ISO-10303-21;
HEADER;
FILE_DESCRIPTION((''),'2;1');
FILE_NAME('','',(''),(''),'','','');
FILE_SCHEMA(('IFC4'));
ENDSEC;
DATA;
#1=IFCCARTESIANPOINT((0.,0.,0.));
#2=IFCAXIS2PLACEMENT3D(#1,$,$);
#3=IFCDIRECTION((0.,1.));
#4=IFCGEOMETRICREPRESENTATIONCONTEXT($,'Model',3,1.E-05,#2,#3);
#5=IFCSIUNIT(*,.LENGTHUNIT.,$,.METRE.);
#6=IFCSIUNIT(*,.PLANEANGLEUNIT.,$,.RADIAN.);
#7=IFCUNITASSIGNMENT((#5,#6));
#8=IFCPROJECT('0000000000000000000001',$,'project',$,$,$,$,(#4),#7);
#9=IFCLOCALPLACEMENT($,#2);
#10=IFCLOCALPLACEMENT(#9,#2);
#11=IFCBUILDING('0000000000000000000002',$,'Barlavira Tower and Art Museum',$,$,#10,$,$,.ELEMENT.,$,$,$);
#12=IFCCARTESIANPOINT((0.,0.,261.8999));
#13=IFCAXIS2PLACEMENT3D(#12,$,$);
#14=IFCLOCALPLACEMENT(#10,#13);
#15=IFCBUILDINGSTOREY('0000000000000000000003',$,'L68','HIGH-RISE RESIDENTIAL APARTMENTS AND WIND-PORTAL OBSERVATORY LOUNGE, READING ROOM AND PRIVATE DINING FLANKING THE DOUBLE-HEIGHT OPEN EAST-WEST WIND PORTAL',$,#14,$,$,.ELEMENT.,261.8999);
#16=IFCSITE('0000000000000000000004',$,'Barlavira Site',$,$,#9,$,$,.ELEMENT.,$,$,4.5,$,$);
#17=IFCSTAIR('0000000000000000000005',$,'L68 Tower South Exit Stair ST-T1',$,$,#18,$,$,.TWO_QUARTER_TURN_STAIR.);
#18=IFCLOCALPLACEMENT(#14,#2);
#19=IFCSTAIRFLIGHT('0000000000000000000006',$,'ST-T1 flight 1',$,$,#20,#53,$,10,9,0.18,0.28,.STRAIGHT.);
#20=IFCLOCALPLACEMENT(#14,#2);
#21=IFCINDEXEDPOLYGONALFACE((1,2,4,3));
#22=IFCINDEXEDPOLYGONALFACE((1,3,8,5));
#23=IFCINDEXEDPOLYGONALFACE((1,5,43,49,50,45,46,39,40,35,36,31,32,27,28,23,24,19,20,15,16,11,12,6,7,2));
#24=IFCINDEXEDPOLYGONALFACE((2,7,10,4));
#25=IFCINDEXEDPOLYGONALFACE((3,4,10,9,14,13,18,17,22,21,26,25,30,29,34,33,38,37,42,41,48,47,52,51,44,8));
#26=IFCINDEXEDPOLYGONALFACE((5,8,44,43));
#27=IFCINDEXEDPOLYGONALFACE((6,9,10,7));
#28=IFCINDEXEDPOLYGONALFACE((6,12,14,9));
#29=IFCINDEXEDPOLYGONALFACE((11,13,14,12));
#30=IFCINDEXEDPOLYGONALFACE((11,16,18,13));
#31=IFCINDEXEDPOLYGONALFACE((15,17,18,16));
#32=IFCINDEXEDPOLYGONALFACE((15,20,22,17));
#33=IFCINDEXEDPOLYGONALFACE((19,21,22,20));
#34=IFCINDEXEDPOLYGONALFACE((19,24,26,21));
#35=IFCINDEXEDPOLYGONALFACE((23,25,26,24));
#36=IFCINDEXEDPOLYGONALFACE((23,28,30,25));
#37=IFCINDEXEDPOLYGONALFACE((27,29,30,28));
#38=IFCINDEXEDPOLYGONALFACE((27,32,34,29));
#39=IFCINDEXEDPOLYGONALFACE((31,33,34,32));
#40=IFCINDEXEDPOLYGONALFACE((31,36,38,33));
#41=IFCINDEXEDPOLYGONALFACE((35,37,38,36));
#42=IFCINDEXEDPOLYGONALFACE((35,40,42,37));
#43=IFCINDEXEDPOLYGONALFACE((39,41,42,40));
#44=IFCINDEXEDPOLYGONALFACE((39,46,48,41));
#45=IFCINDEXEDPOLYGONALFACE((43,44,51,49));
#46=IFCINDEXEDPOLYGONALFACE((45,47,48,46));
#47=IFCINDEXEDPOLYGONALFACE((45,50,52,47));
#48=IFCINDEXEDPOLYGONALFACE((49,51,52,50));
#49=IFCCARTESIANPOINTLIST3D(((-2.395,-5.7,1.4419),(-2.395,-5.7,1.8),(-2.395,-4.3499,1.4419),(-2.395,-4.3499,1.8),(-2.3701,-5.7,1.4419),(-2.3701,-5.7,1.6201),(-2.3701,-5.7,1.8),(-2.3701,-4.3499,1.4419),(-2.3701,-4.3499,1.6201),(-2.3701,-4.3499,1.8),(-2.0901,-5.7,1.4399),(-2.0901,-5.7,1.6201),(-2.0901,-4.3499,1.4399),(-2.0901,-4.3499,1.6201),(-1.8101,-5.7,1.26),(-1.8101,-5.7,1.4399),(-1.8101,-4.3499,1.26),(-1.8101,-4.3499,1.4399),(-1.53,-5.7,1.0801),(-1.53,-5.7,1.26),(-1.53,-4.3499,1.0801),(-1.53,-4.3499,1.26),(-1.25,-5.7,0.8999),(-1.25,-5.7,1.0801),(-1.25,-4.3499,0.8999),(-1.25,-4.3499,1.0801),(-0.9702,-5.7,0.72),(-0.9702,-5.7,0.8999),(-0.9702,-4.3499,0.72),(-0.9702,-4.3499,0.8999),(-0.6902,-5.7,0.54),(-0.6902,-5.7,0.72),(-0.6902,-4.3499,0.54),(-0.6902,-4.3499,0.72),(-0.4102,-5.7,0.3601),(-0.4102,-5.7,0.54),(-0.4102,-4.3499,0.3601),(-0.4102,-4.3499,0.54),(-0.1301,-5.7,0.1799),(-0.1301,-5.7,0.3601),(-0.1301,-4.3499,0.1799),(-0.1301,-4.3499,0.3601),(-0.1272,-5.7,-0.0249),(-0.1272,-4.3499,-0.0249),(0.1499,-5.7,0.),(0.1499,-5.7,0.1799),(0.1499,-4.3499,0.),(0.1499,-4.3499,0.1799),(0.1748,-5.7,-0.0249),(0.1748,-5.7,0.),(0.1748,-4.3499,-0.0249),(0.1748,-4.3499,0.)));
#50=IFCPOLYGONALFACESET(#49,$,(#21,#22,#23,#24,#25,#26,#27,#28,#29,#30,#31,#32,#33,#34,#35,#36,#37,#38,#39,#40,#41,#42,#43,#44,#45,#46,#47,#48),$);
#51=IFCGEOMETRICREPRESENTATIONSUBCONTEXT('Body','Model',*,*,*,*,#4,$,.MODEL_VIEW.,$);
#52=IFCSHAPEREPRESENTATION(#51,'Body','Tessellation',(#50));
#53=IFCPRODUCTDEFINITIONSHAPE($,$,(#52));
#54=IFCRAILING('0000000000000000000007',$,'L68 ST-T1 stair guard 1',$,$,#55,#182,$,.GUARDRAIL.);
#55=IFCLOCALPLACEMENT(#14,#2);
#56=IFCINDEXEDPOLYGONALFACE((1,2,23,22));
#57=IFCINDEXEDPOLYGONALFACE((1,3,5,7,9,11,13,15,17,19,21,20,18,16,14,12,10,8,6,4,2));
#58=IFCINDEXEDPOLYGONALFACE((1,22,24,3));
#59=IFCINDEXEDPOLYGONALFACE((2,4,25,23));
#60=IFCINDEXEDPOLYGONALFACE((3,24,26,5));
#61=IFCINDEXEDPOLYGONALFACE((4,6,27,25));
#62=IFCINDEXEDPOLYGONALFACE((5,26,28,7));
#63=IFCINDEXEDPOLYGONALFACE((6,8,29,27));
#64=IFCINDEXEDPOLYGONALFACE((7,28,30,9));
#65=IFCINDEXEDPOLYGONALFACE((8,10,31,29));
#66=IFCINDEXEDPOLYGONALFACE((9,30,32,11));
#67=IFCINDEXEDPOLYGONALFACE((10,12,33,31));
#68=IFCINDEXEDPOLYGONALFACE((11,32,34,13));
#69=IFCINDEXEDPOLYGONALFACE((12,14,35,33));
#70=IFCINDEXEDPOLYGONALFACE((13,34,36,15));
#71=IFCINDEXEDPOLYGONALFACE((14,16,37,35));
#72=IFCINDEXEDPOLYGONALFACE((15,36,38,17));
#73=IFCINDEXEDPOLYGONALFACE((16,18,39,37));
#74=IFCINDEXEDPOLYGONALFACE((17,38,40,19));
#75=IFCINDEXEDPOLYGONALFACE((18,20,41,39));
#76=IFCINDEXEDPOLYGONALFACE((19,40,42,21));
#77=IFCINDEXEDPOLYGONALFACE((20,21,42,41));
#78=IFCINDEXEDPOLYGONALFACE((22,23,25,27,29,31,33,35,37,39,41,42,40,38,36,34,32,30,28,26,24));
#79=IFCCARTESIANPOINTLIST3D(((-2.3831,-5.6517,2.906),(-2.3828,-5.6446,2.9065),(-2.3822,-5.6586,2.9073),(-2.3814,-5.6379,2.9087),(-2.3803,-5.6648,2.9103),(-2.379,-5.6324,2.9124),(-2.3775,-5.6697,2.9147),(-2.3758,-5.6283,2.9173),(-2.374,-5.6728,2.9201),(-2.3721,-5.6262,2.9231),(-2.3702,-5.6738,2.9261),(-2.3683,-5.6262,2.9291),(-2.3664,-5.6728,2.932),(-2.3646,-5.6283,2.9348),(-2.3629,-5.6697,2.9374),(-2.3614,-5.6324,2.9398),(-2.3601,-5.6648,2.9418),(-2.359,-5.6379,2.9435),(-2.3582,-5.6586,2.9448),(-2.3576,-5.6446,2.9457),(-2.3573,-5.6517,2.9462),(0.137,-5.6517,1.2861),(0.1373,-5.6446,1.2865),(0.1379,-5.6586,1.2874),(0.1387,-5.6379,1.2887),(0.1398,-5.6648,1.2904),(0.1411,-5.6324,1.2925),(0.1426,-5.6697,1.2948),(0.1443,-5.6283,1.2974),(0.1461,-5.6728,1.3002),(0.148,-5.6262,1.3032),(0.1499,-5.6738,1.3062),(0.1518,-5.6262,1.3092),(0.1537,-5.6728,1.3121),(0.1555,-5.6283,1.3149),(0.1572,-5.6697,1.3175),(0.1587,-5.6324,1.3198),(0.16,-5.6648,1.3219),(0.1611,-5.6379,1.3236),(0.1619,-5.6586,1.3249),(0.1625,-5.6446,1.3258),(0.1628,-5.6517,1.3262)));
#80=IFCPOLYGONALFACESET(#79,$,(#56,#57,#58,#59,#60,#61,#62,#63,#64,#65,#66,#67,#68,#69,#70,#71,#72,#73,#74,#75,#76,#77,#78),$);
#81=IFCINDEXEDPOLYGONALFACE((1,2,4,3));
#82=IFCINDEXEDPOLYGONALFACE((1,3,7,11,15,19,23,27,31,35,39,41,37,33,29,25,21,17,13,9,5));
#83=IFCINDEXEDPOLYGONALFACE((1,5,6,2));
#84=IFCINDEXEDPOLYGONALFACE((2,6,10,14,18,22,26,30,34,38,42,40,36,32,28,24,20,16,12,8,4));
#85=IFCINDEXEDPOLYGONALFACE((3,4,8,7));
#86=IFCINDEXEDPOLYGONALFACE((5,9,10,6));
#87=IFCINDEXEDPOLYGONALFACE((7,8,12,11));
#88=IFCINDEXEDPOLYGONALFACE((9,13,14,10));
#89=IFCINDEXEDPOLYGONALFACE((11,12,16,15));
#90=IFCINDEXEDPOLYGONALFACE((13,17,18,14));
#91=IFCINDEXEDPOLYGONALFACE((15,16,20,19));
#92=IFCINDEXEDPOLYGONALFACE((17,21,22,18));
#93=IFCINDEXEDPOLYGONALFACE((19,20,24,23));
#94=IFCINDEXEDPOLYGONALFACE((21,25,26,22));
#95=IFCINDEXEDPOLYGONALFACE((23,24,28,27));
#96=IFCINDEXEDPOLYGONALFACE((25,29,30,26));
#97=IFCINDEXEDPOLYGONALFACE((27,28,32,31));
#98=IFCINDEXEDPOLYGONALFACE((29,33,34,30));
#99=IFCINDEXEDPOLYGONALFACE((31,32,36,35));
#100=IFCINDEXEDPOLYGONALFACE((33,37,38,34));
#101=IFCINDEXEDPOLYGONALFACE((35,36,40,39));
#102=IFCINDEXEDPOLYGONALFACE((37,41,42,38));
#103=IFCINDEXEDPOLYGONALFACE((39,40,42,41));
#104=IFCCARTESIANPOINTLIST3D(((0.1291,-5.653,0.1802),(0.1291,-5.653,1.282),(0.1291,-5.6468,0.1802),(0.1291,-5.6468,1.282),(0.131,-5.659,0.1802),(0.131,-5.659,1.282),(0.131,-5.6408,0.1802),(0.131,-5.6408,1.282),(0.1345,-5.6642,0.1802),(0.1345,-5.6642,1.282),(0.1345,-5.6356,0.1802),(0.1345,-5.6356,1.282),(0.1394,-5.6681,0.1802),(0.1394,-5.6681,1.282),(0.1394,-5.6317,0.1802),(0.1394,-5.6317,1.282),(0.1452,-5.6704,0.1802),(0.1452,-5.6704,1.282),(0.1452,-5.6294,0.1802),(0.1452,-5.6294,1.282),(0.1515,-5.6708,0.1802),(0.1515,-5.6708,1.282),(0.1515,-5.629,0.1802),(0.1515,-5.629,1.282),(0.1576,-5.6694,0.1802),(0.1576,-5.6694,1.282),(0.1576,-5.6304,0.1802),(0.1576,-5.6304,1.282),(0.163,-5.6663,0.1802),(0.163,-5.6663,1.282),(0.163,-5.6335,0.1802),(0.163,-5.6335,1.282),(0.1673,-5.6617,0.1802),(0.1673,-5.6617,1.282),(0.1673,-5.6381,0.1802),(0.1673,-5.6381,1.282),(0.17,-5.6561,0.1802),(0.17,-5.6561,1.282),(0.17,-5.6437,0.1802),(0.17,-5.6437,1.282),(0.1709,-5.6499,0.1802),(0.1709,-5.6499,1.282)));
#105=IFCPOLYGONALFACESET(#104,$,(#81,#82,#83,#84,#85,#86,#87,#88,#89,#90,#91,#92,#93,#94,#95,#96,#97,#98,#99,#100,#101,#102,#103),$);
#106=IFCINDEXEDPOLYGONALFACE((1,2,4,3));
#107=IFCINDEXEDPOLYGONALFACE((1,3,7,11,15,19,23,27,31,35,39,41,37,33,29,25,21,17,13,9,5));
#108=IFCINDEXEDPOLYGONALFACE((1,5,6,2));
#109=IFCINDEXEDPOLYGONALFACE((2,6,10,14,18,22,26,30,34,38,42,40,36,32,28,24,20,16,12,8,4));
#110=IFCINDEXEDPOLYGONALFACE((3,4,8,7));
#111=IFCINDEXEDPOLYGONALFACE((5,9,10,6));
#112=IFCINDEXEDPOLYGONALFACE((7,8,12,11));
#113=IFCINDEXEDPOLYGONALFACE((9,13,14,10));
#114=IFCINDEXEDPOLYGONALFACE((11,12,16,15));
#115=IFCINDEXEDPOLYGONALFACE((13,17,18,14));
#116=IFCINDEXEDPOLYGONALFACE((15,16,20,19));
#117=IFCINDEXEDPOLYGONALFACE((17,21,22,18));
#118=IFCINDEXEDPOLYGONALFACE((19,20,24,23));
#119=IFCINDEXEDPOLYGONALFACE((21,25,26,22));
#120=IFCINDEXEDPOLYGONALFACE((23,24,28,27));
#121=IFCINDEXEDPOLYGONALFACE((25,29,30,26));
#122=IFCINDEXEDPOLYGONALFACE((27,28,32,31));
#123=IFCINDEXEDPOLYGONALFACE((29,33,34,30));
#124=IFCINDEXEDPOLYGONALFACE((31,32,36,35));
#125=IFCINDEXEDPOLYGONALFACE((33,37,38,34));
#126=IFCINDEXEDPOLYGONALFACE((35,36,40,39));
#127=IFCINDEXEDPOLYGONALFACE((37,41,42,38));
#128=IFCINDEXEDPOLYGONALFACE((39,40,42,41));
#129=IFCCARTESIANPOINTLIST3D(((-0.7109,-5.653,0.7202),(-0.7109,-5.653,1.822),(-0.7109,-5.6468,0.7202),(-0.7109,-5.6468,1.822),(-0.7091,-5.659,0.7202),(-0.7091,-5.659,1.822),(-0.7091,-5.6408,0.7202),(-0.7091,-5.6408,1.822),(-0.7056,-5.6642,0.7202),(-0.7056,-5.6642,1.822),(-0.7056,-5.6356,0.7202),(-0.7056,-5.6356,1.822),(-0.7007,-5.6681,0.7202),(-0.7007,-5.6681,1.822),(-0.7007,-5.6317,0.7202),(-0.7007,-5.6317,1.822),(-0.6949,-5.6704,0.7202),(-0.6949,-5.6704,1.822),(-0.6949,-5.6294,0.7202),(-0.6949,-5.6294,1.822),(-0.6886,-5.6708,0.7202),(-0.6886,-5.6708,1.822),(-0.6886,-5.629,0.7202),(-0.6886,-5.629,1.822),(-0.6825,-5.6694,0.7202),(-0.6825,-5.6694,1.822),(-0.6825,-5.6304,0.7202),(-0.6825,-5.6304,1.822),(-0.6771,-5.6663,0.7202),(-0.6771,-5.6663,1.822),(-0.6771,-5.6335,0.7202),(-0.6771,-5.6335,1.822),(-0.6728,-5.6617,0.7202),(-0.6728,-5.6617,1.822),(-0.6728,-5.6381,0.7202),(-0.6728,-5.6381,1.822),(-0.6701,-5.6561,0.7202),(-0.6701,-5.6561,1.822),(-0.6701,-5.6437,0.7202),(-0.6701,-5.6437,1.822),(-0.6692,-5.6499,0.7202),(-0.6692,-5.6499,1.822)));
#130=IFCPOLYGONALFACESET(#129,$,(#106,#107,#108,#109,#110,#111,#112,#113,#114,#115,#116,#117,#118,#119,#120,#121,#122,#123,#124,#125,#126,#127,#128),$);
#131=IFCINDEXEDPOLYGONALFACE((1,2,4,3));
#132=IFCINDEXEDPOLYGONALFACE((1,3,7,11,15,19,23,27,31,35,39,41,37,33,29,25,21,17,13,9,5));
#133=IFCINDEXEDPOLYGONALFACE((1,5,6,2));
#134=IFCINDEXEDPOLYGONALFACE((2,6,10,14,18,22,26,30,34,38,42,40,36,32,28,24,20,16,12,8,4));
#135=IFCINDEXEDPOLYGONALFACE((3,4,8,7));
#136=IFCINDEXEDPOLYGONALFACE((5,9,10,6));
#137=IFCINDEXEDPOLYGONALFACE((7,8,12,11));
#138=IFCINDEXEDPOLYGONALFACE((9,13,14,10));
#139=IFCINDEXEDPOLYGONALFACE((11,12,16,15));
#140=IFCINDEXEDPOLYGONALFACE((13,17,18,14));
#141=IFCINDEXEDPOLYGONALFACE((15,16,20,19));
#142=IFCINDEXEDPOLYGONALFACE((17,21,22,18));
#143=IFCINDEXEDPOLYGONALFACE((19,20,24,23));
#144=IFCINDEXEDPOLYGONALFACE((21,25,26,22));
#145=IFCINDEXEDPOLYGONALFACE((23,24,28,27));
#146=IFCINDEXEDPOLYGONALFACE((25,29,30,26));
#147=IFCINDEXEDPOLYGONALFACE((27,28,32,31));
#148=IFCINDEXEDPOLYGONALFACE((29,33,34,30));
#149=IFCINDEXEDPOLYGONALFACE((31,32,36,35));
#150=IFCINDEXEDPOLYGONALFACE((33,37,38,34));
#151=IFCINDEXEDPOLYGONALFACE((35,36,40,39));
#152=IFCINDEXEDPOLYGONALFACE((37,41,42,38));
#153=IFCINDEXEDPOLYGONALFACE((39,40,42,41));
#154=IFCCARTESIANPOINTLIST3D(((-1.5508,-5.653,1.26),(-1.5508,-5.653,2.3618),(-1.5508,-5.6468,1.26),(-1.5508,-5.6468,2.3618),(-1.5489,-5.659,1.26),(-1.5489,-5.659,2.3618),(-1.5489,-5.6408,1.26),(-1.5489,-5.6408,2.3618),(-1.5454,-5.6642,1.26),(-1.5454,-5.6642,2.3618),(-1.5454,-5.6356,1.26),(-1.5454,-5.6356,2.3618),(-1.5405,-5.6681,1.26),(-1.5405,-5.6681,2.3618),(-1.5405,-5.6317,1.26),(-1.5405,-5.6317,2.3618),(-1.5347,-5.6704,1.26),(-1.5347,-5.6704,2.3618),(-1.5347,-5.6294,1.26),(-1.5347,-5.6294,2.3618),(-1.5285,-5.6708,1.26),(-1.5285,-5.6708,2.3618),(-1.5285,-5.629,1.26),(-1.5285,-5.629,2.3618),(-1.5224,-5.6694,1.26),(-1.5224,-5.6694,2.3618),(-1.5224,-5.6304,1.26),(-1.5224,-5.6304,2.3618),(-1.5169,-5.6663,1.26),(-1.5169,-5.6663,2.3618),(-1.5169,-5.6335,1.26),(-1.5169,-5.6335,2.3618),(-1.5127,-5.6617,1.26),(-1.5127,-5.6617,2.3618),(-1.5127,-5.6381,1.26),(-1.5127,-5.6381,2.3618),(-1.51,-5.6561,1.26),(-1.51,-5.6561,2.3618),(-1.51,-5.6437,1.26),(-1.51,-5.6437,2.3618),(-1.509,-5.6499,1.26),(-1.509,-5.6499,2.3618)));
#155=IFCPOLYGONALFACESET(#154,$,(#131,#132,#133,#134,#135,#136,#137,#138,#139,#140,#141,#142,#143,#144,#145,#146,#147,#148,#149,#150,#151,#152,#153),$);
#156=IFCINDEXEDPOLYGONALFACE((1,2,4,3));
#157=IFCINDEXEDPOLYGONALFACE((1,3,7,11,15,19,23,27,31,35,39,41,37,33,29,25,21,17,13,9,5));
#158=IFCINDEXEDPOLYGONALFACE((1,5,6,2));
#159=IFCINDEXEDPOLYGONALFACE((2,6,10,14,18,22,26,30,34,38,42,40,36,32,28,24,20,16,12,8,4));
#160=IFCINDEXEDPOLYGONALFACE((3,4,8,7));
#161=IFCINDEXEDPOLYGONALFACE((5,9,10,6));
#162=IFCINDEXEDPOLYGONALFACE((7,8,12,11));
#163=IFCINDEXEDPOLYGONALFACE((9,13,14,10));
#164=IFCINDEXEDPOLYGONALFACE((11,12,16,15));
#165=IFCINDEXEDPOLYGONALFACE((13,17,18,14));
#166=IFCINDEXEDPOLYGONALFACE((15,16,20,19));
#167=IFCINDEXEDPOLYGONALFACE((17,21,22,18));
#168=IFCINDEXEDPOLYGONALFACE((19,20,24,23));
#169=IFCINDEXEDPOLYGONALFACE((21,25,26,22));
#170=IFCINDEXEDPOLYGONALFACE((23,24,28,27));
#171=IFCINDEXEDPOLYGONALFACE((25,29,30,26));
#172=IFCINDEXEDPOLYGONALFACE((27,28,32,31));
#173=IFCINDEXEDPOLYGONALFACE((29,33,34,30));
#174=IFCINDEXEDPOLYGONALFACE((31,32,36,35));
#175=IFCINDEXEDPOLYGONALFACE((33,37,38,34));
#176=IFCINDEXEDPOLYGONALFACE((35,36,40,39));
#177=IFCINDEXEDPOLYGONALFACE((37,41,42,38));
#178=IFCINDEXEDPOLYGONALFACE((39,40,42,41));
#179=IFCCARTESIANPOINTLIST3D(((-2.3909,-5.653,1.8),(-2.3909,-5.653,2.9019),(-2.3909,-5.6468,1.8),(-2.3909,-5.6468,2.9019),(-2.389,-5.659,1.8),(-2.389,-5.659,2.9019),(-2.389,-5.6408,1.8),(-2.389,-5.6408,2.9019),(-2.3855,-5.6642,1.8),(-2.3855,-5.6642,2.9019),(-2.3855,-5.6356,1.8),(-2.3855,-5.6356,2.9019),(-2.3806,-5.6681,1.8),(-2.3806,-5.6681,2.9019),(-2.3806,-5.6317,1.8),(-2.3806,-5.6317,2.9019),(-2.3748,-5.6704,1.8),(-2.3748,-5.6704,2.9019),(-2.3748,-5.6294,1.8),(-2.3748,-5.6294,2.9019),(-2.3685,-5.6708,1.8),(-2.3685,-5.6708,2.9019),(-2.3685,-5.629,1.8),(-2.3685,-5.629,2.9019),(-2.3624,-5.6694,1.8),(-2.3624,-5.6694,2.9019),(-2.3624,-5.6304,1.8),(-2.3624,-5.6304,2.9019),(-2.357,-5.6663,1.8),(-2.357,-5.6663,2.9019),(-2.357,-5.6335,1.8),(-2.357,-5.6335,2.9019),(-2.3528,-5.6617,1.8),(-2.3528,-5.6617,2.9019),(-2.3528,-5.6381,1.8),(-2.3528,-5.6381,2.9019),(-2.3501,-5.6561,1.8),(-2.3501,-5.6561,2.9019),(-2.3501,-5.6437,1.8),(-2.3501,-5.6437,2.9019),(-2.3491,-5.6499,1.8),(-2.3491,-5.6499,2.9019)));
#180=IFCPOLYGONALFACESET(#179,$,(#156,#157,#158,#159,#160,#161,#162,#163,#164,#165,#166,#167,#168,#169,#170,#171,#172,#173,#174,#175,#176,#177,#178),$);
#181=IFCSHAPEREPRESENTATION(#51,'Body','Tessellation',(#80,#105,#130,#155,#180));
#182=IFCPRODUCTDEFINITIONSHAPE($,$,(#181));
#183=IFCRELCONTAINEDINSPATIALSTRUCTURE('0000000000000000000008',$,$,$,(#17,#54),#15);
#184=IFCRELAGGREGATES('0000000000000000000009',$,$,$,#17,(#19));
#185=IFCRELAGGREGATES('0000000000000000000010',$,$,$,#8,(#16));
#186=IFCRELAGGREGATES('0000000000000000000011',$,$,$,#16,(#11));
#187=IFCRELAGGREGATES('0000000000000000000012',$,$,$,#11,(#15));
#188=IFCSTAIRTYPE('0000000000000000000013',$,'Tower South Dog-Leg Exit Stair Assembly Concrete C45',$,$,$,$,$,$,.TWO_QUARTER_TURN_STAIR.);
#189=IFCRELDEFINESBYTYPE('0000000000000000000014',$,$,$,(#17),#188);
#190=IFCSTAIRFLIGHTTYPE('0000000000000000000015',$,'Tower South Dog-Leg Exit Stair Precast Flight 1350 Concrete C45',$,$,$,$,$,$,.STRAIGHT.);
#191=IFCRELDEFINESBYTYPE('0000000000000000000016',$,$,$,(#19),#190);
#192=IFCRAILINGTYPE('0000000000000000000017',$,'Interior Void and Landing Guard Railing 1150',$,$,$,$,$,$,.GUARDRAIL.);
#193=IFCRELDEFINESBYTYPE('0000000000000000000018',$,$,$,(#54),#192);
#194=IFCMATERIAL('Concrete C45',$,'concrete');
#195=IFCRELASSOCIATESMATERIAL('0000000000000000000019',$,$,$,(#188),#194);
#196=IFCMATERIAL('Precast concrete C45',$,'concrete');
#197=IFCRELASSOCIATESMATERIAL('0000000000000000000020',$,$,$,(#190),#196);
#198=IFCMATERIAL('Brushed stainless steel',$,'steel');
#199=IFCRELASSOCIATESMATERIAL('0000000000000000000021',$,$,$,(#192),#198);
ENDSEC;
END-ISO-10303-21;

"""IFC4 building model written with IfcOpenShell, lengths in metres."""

from ifc_helpers import new_model, si_unit, direction, frame, origin, origin_2d, place, context, subcontext, project, spatial, polyline, circle, outline, extrude, material, type_object, element, aggregate, save


model = new_model("IFC4")

# Units and contexts
model_context = context("Model", 3, precision=1e-05, world=origin(), true_north=direction((0.0, 1.0)))
body_context = subcontext(model_context, "Body", "Model", "MODEL_VIEW")
ifc_project = project(units=[si_unit("LENGTHUNIT", "METRE"), si_unit("PLANEANGLEUNIT", "RADIAN")], contexts=[model_context])

# Site, building, storey
site_placement = place(None, origin())
site = spatial("IfcSite", under=ifc_project, at=site_placement, Name="Barlavira Site", CompositionType="ELEMENT", RefElevation=4.5)
building_placement = place(site_placement, origin())
building = spatial("IfcBuilding", under=site, at=building_placement, Name="Barlavira Tower and Art Museum", CompositionType="ELEMENT")
storey_placement = place(building_placement, frame((0.0, 0.0, 261.8999)))
storey = spatial("IfcBuildingStorey", under=building, at=storey_placement, Name="L68", Description="HIGH-RISE RESIDENTIAL APARTMENTS AND WIND-PORTAL OBSERVATORY LOUNGE, READING ROOM AND PRIVATE DINING FLANKING THE DOUBLE-HEIGHT OPEN EAST-WEST WIND PORTAL", CompositionType="ELEMENT", Elevation=261.8999)

# Shared definitions
ifc_material_1 = material(Name="Brushed stainless steel", Category="steel")

# Stair, stair flight
ifc_material_2 = material(Name="Concrete C45", Category="concrete")
stair_type = type_object("IfcStairType", Name="Tower South Dog-Leg Exit Stair Assembly Concrete C45", PredefinedType="TWO_QUARTER_TURN_STAIR", material=ifc_material_2)
stair_placement = place(storey_placement, origin())
stair = element("IfcStair", 1, at=stair_placement, inside=storey, type_object=stair_type, Name="L68 Tower South Exit Stair ST-T1", PredefinedType="TWO_QUARTER_TURN_STAIR")
ifc_material_3 = material(Name="Precast concrete C45", Category="concrete")
stair_flight_type = type_object("IfcStairFlightType", Name="Tower South Dog-Leg Exit Stair Precast Flight 1350 Concrete C45", PredefinedType="STRAIGHT", material=ifc_material_3)
stair_flight_placement = place(storey_placement, frame((0.1499, -5.0249, 0.0), z_axis=(0.0, 0.0, 1.0), x_axis=(-1.0, 0.0, 0.0)))
stair_flight = element("IfcStairFlight", 2, at=stair_flight_placement, type_object=stair_flight_type, Name="ST-T1 flight 1", NumberOfRisers=10, NumberOfTreads=9, PredefinedType="STRAIGHT", RiserHeight=0.18, TreadLength=0.28, context=body_context, shape_type="SweptSolid", body=[
    extrude(outline(polyline([(-0.0249, 0.0), (0.0, 0.0), (0.0, 0.1799), (0.28, 0.1799), (0.28, 0.3601), (0.5601, 0.3601), (0.5601, 0.54), (0.8401, 0.54), (0.8401, 0.72), (1.1201, 0.72), (1.1201, 0.8999), (1.3999, 0.8999), (1.3999, 1.0801), (1.6799, 1.0801), (1.6799, 1.26), (1.96, 1.26), (1.96, 1.4399), (2.24, 1.4399), (2.24, 1.6201), (2.52, 1.6201), (2.52, 1.8), (2.5449, 1.8), (2.5449, 1.4419), (2.52, 1.4419), (0.2771, -0.0249), (-0.0249, -0.0249), (-0.0249, 0.0)])), frame((0.0, 0.675, 0.0), z_axis=(0.0, -1.0, 0.0), x_axis=(1.0, 0.0, 0.0)), (0.0, 0.0, 1.0), 1.3501),
])
aggregate(stair, [stair_flight])

# Railing
railing_type_1 = type_object("IfcRailingType", Name="Interior Void and Landing Guard Railing 1150", PredefinedType="GUARDRAIL", material=ifc_material_1)
railing_1_placement = place(storey_placement, frame((0.1499, -5.6499, 0.1802)))
element("IfcRailing", 3, at=railing_1_placement, inside=storey, type_object=railing_type_1, Name="L68 ST-T1 stair guard 1", PredefinedType="GUARDRAIL", context=body_context, shape_type="SweptSolid", body=[
    extrude(circle(Radius=0.0239, at=origin_2d()), frame((0.0, 0.0, 1.126), z_axis=(-0.8412, 0.0, 0.540725), x_axis=(0.0, -1.0, 0.0)), (0.0, 0.0, 1.0), 2.9958),
    extrude(circle(Radius=0.021, at=origin_2d()), origin(), (0.0, 0.0, 1.0), 1.1018),
    extrude(circle(Radius=0.021, at=origin_2d()), frame((-0.8401, 0.0, 0.54)), (0.0, 0.0, 1.0), 1.1018),
    extrude(circle(Radius=0.021, at=origin_2d()), frame((-1.6799, 0.0, 1.0798)), (0.0, 0.0, 1.0), 1.1018),
    extrude(circle(Radius=0.021, at=origin_2d()), frame((-2.52, 0.0, 1.6199)), (0.0, 0.0, 1.0), 1.1018),
])

save(model, "model.ifc")
